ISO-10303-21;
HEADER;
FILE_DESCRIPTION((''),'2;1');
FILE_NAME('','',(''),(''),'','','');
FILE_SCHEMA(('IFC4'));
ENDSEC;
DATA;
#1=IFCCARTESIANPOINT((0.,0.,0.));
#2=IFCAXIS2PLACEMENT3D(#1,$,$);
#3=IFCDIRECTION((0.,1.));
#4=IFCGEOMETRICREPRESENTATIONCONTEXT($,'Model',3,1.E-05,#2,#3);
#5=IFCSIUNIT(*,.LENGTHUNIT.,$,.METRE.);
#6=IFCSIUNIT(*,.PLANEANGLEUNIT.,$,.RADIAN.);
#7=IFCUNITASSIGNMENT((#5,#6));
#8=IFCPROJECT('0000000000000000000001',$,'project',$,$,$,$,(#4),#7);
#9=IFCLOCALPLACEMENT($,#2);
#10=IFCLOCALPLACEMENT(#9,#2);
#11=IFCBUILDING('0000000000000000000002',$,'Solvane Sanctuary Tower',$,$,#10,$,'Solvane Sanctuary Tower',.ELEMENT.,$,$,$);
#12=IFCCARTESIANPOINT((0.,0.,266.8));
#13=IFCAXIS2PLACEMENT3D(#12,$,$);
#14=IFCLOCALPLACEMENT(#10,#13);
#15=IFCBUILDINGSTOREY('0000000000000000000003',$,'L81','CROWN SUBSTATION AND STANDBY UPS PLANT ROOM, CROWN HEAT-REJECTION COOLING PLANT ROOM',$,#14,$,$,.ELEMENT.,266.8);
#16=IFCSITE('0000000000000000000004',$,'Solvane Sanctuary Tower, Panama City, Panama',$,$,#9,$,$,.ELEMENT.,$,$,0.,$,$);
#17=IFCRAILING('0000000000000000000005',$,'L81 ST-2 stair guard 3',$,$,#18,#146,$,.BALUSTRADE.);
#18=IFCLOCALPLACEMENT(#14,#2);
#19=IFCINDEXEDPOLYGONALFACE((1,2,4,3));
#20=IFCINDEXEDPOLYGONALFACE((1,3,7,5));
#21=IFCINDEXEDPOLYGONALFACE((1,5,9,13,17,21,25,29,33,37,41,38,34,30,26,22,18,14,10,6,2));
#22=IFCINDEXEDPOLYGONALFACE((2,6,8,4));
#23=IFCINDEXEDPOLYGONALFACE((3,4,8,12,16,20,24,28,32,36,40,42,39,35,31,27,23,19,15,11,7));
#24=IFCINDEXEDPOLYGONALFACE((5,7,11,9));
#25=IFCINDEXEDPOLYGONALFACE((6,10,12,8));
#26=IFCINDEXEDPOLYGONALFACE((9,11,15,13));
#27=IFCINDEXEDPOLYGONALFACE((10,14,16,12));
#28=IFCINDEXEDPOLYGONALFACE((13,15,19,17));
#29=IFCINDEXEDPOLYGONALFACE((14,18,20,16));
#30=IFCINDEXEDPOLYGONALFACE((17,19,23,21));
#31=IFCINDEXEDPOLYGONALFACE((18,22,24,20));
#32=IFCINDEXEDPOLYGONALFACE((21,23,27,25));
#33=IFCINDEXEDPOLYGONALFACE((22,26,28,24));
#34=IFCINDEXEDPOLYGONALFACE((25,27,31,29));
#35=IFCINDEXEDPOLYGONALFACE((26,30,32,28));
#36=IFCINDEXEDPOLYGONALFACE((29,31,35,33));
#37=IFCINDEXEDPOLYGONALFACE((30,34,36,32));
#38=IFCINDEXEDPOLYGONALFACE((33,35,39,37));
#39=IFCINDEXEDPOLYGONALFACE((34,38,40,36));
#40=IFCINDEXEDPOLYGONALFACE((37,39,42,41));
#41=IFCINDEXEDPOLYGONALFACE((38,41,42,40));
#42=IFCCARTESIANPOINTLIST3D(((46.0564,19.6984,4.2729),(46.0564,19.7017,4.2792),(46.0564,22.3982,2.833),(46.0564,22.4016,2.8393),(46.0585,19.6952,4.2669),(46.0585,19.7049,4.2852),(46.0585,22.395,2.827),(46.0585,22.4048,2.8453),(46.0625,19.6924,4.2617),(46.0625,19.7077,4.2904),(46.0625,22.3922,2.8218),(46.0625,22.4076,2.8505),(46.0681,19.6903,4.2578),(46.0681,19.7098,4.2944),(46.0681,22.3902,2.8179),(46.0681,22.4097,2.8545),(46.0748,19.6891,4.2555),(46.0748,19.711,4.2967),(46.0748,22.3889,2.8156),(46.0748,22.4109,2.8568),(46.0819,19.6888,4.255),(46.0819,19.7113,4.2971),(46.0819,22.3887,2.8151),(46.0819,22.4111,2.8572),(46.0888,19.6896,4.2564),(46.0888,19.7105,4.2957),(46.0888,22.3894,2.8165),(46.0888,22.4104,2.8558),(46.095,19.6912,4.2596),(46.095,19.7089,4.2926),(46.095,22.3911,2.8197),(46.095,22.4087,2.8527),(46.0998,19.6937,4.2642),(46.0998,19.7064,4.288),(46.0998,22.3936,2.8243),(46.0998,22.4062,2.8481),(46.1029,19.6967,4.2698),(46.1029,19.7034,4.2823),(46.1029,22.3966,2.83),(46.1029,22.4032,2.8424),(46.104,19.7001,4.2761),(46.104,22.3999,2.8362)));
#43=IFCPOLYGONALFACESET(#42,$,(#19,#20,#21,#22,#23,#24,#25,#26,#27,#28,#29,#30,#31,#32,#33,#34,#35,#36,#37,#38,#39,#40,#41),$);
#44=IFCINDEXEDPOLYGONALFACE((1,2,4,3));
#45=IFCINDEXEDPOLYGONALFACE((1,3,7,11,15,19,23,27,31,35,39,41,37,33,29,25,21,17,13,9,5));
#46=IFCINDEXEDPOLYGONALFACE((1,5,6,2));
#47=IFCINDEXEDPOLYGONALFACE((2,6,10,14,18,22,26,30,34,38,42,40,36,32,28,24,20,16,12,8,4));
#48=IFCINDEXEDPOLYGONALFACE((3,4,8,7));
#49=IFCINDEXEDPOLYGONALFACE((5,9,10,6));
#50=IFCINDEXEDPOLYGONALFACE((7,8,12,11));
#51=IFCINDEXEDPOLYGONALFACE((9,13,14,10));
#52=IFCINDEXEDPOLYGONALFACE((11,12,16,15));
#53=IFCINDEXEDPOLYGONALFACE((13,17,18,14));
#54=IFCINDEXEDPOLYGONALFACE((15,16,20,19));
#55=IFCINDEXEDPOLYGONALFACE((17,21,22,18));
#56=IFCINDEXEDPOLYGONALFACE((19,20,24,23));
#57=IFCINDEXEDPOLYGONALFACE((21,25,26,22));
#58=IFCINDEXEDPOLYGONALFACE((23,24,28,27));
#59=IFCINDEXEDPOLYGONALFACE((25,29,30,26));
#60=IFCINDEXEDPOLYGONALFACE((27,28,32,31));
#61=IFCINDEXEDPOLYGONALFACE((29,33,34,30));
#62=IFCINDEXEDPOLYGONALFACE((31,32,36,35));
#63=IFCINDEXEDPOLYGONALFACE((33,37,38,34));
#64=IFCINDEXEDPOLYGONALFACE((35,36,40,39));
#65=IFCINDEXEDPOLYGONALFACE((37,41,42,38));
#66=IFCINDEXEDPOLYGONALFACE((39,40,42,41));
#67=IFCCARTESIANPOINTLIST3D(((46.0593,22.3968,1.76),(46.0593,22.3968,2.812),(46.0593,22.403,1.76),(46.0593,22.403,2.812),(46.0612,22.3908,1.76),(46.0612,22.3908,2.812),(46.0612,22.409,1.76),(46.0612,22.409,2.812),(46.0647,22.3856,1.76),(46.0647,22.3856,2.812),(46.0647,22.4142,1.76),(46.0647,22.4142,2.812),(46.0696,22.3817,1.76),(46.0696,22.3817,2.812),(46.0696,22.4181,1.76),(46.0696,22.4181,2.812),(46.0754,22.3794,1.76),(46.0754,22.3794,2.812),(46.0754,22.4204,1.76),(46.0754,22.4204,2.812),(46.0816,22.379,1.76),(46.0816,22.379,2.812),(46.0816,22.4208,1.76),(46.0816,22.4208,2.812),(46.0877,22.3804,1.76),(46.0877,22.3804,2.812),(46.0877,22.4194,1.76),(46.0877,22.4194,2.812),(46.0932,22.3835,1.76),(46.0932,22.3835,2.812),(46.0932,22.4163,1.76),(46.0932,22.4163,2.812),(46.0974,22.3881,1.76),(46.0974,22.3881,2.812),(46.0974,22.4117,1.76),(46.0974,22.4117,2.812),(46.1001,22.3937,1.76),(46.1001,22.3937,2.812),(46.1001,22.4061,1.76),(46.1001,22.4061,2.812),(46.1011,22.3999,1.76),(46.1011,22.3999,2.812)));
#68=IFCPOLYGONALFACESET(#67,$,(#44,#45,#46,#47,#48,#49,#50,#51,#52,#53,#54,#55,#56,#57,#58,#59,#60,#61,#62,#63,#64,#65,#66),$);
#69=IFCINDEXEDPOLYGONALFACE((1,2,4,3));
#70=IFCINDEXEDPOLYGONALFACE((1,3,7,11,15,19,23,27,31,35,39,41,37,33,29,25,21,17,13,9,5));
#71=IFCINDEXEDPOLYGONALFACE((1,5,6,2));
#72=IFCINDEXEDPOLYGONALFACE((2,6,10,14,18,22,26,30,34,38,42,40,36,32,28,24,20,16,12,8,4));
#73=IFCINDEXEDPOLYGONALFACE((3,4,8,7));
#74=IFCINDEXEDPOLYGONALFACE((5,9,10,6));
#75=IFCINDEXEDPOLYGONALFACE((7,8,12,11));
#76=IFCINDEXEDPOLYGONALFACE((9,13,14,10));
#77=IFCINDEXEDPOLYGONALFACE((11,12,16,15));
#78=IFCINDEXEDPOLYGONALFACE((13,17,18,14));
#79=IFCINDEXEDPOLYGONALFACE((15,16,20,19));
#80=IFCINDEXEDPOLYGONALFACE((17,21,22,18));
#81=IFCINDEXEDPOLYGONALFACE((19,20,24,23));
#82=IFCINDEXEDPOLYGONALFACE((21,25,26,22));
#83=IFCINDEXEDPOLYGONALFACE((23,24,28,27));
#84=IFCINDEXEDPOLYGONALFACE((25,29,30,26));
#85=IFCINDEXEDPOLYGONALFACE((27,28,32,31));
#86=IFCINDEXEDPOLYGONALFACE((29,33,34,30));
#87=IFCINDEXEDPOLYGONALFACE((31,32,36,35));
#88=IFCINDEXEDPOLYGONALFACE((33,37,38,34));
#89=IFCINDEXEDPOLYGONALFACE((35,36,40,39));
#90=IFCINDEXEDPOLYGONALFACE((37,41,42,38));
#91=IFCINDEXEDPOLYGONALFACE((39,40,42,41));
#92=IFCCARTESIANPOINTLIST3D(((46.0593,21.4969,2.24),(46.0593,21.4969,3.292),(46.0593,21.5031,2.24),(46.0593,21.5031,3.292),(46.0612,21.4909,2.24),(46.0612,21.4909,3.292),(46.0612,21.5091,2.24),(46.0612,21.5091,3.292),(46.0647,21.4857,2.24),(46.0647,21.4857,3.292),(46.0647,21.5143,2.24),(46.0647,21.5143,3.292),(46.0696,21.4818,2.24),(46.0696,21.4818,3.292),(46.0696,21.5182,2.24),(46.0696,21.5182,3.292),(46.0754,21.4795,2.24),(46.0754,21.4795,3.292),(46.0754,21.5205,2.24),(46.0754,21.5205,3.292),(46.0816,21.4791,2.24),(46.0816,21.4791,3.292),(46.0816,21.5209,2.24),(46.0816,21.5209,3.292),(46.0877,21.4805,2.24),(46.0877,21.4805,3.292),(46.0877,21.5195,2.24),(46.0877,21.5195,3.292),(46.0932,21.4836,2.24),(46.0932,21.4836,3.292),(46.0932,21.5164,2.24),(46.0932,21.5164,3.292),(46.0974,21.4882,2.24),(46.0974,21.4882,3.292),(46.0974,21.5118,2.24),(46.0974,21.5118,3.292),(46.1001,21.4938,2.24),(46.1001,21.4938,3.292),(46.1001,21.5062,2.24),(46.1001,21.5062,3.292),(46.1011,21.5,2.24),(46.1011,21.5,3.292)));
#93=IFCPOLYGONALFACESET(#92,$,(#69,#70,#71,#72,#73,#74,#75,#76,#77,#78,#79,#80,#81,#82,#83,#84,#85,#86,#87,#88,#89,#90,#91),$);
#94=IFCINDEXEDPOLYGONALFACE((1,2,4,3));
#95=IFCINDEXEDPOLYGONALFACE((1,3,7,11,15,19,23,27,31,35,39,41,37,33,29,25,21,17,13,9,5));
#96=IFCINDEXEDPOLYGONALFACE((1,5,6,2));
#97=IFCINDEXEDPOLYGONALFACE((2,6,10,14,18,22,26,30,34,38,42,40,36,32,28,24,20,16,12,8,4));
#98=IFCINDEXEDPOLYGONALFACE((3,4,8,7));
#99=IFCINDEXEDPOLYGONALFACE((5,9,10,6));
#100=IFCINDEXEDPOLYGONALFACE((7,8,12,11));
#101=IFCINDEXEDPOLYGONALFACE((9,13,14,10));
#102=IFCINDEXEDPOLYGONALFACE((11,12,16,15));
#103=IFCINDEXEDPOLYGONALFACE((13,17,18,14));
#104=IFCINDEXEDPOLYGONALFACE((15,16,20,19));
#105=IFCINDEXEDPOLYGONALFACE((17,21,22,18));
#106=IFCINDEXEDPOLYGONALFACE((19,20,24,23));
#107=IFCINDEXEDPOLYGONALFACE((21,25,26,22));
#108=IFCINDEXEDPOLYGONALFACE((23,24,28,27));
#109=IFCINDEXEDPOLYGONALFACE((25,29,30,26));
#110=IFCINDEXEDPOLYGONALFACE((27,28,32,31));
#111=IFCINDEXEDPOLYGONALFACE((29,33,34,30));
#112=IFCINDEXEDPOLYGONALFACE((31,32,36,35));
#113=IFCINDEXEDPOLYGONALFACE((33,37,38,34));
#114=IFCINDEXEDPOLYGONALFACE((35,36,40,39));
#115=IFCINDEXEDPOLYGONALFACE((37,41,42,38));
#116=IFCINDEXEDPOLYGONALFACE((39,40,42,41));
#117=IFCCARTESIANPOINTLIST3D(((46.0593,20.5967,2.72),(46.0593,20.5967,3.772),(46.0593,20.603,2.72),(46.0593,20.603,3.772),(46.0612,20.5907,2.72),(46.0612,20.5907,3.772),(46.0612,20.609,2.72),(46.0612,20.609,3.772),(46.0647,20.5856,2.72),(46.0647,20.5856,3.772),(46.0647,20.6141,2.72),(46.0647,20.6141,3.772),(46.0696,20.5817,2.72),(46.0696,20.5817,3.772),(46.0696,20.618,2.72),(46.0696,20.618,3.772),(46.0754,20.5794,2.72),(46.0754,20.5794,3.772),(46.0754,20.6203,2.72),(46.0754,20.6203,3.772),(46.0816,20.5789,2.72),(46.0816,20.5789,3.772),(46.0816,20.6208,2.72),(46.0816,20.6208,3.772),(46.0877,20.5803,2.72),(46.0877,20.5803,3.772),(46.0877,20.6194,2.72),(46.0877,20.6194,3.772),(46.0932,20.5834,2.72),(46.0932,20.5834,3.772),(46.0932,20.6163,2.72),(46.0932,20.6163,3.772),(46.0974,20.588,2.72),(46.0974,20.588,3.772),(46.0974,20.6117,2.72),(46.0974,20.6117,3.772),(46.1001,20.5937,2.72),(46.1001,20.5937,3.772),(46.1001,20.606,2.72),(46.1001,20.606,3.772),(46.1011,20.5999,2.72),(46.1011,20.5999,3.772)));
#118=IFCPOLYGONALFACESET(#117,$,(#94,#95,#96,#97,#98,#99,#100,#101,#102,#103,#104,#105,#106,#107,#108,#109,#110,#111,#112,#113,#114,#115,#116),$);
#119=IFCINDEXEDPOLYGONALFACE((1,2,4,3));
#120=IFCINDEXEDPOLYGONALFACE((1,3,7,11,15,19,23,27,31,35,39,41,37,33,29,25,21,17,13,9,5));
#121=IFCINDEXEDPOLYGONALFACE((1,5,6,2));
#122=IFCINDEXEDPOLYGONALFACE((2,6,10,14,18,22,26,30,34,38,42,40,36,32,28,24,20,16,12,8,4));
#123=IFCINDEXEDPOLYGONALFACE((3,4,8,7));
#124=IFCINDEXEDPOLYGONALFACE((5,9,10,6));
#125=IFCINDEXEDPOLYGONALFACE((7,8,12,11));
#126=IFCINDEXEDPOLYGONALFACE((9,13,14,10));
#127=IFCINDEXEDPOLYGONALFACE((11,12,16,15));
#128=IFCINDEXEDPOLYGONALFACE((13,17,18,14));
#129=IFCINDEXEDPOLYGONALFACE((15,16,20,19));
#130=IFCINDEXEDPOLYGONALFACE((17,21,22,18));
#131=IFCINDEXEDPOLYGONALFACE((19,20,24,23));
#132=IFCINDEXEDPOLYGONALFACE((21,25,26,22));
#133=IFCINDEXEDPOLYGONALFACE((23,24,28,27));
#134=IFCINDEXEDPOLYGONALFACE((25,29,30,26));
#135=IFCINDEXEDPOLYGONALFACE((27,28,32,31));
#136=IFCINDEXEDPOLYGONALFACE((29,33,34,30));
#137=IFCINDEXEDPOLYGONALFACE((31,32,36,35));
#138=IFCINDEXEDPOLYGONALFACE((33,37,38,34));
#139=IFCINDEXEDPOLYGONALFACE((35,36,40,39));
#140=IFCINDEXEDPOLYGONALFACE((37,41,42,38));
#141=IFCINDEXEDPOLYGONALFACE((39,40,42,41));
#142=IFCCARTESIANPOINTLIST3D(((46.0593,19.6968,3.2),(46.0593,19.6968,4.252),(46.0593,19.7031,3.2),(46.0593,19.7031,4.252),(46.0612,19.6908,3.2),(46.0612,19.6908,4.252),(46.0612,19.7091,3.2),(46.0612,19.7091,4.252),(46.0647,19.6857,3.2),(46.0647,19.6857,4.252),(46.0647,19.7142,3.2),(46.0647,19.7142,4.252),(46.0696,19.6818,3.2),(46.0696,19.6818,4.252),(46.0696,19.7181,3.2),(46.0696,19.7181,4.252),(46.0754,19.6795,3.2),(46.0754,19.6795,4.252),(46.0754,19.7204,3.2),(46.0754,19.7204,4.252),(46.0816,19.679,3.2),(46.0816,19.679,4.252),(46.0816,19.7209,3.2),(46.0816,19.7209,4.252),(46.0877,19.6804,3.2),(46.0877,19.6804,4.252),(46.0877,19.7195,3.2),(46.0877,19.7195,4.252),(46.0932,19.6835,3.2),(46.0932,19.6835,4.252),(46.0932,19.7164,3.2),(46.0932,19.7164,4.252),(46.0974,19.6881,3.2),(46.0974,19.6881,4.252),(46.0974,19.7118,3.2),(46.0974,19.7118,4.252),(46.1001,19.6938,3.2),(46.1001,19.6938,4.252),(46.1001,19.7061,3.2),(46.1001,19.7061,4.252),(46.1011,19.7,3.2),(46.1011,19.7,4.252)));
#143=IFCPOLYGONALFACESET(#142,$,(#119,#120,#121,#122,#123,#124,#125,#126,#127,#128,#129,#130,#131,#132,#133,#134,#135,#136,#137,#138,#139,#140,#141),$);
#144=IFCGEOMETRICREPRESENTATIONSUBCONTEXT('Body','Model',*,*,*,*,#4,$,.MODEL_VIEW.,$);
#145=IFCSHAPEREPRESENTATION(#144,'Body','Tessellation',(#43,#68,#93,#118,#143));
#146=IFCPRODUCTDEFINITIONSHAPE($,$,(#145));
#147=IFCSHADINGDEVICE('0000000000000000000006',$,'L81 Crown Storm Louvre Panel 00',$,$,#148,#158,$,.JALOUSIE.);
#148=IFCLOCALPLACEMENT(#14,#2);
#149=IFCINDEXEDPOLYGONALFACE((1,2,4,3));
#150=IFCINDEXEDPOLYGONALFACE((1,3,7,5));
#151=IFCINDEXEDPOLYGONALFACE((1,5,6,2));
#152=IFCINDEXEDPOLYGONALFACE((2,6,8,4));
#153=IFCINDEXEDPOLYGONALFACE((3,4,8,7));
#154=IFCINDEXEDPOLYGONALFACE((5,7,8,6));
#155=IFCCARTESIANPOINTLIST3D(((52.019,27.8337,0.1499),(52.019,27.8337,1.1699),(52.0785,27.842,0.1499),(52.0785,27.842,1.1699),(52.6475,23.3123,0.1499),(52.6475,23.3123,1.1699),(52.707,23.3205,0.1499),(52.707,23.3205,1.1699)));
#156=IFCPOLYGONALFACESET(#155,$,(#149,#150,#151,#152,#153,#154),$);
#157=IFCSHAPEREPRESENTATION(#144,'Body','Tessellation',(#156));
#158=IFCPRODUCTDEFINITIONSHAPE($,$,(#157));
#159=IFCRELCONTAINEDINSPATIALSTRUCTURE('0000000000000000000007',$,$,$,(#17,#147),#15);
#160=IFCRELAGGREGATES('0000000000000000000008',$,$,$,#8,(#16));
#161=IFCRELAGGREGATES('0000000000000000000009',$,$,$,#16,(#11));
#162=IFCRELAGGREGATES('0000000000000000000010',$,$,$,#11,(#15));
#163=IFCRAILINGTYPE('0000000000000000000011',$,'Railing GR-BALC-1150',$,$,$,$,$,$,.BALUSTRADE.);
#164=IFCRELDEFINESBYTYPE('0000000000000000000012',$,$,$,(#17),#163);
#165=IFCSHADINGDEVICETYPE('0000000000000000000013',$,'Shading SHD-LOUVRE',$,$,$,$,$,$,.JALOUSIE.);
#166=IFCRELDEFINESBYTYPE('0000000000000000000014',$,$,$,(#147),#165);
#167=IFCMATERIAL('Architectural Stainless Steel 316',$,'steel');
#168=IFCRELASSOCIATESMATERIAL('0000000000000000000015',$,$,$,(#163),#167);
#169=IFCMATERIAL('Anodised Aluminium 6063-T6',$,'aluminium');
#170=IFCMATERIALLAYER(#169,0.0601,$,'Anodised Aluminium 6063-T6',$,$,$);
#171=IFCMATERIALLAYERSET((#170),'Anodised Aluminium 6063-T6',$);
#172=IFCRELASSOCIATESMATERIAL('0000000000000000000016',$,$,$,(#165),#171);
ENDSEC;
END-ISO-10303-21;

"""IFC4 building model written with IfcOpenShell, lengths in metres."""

from ifc_helpers import new_model, si_unit, direction, frame, origin, origin_2d, place, context, subcontext, project, spatial, rectangle, circle, extrude, material, layer, layer_set, type_object, element, save


model = new_model("IFC4")

# Units and contexts
model_context = context("Model", 3, precision=1e-05, world=origin(), true_north=direction((0.0, 1.0)))
body_context = subcontext(model_context, "Body", "Model", "MODEL_VIEW")
ifc_project = project(units=[si_unit("LENGTHUNIT", "METRE"), si_unit("PLANEANGLEUNIT", "RADIAN")], contexts=[model_context])

# Site, building, storey
site_placement = place(None, origin())
site = spatial("IfcSite", under=ifc_project, at=site_placement, Name="Solvane Sanctuary Tower, Panama City, Panama", CompositionType="ELEMENT", RefElevation=0.0)
building_placement = place(site_placement, origin())
building = spatial("IfcBuilding", under=site, at=building_placement, Name="Solvane Sanctuary Tower", LongName="Solvane Sanctuary Tower", CompositionType="ELEMENT")
storey_placement = place(building_placement, frame((0.0, 0.0, 266.8)))
storey = spatial("IfcBuildingStorey", under=building, at=storey_placement, Name="L81", Description="CROWN SUBSTATION AND STANDBY UPS PLANT ROOM, CROWN HEAT-REJECTION COOLING PLANT ROOM", CompositionType="ELEMENT", Elevation=266.8)

# Shared definitions
ifc_material_1 = material(Name="Anodised Aluminium 6063-T6", Category="aluminium")

# Shared definitions
ifc_material_2 = material(Name="Architectural Stainless Steel 316", Category="steel")

# Railing
railing_type = type_object("IfcRailingType", Name="Railing GR-BALC-1150", PredefinedType="BALUSTRADE", material=ifc_material_2)
railing_1_placement = place(storey_placement, frame((46.0801, 22.3999, 1.76)))
element("IfcRailing", 1, at=railing_1_placement, inside=storey, type_object=railing_type, Name="L81 ST-2 stair guard 3", PredefinedType="BALUSTRADE", context=body_context, shape_type="SweptSolid", body=[
    extrude(circle(Radius=0.0239, at=origin_2d()), frame((0.0, 0.0, 1.0762), z_axis=(0.0, -0.882357, 0.47058), x_axis=(1.0, 0.0, 0.0)), (0.0, 0.0, 1.0), 3.0598),
    extrude(circle(Radius=0.021, at=origin_2d()), origin(), (0.0, 0.0, 1.0), 1.052),
    extrude(circle(Radius=0.021, at=origin_2d()), frame((0.0, -0.8999, 0.48)), (0.0, 0.0, 1.0), 1.052),
    extrude(circle(Radius=0.021, at=origin_2d()), frame((0.0, -1.8, 0.96)), (0.0, 0.0, 1.0), 1.052),
    extrude(circle(Radius=0.021, at=origin_2d()), frame((0.0, -2.7, 1.4399)), (0.0, 0.0, 1.0), 1.052),
])

# Shading device
ifc_layer_1 = layer(ifc_material_1, 0.0601, Name="Anodised Aluminium 6063-T6")
ifc_layer_set_1 = layer_set([ifc_layer_1], Name="Anodised Aluminium 6063-T6")
shading_device_type = type_object("IfcShadingDeviceType", Name="Shading SHD-LOUVRE", PredefinedType="JALOUSIE", material=ifc_layer_set_1)
shading_device_placement = place(storey_placement, frame((52.363, 25.5771, 0.1499), z_axis=(0.0, 0.0, 1.0), x_axis=(-0.13768, 0.990477, 0.0)))
element("IfcShadingDevice", 2, at=shading_device_placement, inside=storey, type_object=shading_device_type, Name="L81 Crown Storm Louvre Panel 00", PredefinedType="JALOUSIE", context=body_context, shape_type="SweptSolid", body=[
    extrude(rectangle(XDim=4.5649, YDim=0.0601, at=origin_2d()), origin(), (0.0, 0.0, 1.0), 1.02),
])

save(model, "model.ifc")
